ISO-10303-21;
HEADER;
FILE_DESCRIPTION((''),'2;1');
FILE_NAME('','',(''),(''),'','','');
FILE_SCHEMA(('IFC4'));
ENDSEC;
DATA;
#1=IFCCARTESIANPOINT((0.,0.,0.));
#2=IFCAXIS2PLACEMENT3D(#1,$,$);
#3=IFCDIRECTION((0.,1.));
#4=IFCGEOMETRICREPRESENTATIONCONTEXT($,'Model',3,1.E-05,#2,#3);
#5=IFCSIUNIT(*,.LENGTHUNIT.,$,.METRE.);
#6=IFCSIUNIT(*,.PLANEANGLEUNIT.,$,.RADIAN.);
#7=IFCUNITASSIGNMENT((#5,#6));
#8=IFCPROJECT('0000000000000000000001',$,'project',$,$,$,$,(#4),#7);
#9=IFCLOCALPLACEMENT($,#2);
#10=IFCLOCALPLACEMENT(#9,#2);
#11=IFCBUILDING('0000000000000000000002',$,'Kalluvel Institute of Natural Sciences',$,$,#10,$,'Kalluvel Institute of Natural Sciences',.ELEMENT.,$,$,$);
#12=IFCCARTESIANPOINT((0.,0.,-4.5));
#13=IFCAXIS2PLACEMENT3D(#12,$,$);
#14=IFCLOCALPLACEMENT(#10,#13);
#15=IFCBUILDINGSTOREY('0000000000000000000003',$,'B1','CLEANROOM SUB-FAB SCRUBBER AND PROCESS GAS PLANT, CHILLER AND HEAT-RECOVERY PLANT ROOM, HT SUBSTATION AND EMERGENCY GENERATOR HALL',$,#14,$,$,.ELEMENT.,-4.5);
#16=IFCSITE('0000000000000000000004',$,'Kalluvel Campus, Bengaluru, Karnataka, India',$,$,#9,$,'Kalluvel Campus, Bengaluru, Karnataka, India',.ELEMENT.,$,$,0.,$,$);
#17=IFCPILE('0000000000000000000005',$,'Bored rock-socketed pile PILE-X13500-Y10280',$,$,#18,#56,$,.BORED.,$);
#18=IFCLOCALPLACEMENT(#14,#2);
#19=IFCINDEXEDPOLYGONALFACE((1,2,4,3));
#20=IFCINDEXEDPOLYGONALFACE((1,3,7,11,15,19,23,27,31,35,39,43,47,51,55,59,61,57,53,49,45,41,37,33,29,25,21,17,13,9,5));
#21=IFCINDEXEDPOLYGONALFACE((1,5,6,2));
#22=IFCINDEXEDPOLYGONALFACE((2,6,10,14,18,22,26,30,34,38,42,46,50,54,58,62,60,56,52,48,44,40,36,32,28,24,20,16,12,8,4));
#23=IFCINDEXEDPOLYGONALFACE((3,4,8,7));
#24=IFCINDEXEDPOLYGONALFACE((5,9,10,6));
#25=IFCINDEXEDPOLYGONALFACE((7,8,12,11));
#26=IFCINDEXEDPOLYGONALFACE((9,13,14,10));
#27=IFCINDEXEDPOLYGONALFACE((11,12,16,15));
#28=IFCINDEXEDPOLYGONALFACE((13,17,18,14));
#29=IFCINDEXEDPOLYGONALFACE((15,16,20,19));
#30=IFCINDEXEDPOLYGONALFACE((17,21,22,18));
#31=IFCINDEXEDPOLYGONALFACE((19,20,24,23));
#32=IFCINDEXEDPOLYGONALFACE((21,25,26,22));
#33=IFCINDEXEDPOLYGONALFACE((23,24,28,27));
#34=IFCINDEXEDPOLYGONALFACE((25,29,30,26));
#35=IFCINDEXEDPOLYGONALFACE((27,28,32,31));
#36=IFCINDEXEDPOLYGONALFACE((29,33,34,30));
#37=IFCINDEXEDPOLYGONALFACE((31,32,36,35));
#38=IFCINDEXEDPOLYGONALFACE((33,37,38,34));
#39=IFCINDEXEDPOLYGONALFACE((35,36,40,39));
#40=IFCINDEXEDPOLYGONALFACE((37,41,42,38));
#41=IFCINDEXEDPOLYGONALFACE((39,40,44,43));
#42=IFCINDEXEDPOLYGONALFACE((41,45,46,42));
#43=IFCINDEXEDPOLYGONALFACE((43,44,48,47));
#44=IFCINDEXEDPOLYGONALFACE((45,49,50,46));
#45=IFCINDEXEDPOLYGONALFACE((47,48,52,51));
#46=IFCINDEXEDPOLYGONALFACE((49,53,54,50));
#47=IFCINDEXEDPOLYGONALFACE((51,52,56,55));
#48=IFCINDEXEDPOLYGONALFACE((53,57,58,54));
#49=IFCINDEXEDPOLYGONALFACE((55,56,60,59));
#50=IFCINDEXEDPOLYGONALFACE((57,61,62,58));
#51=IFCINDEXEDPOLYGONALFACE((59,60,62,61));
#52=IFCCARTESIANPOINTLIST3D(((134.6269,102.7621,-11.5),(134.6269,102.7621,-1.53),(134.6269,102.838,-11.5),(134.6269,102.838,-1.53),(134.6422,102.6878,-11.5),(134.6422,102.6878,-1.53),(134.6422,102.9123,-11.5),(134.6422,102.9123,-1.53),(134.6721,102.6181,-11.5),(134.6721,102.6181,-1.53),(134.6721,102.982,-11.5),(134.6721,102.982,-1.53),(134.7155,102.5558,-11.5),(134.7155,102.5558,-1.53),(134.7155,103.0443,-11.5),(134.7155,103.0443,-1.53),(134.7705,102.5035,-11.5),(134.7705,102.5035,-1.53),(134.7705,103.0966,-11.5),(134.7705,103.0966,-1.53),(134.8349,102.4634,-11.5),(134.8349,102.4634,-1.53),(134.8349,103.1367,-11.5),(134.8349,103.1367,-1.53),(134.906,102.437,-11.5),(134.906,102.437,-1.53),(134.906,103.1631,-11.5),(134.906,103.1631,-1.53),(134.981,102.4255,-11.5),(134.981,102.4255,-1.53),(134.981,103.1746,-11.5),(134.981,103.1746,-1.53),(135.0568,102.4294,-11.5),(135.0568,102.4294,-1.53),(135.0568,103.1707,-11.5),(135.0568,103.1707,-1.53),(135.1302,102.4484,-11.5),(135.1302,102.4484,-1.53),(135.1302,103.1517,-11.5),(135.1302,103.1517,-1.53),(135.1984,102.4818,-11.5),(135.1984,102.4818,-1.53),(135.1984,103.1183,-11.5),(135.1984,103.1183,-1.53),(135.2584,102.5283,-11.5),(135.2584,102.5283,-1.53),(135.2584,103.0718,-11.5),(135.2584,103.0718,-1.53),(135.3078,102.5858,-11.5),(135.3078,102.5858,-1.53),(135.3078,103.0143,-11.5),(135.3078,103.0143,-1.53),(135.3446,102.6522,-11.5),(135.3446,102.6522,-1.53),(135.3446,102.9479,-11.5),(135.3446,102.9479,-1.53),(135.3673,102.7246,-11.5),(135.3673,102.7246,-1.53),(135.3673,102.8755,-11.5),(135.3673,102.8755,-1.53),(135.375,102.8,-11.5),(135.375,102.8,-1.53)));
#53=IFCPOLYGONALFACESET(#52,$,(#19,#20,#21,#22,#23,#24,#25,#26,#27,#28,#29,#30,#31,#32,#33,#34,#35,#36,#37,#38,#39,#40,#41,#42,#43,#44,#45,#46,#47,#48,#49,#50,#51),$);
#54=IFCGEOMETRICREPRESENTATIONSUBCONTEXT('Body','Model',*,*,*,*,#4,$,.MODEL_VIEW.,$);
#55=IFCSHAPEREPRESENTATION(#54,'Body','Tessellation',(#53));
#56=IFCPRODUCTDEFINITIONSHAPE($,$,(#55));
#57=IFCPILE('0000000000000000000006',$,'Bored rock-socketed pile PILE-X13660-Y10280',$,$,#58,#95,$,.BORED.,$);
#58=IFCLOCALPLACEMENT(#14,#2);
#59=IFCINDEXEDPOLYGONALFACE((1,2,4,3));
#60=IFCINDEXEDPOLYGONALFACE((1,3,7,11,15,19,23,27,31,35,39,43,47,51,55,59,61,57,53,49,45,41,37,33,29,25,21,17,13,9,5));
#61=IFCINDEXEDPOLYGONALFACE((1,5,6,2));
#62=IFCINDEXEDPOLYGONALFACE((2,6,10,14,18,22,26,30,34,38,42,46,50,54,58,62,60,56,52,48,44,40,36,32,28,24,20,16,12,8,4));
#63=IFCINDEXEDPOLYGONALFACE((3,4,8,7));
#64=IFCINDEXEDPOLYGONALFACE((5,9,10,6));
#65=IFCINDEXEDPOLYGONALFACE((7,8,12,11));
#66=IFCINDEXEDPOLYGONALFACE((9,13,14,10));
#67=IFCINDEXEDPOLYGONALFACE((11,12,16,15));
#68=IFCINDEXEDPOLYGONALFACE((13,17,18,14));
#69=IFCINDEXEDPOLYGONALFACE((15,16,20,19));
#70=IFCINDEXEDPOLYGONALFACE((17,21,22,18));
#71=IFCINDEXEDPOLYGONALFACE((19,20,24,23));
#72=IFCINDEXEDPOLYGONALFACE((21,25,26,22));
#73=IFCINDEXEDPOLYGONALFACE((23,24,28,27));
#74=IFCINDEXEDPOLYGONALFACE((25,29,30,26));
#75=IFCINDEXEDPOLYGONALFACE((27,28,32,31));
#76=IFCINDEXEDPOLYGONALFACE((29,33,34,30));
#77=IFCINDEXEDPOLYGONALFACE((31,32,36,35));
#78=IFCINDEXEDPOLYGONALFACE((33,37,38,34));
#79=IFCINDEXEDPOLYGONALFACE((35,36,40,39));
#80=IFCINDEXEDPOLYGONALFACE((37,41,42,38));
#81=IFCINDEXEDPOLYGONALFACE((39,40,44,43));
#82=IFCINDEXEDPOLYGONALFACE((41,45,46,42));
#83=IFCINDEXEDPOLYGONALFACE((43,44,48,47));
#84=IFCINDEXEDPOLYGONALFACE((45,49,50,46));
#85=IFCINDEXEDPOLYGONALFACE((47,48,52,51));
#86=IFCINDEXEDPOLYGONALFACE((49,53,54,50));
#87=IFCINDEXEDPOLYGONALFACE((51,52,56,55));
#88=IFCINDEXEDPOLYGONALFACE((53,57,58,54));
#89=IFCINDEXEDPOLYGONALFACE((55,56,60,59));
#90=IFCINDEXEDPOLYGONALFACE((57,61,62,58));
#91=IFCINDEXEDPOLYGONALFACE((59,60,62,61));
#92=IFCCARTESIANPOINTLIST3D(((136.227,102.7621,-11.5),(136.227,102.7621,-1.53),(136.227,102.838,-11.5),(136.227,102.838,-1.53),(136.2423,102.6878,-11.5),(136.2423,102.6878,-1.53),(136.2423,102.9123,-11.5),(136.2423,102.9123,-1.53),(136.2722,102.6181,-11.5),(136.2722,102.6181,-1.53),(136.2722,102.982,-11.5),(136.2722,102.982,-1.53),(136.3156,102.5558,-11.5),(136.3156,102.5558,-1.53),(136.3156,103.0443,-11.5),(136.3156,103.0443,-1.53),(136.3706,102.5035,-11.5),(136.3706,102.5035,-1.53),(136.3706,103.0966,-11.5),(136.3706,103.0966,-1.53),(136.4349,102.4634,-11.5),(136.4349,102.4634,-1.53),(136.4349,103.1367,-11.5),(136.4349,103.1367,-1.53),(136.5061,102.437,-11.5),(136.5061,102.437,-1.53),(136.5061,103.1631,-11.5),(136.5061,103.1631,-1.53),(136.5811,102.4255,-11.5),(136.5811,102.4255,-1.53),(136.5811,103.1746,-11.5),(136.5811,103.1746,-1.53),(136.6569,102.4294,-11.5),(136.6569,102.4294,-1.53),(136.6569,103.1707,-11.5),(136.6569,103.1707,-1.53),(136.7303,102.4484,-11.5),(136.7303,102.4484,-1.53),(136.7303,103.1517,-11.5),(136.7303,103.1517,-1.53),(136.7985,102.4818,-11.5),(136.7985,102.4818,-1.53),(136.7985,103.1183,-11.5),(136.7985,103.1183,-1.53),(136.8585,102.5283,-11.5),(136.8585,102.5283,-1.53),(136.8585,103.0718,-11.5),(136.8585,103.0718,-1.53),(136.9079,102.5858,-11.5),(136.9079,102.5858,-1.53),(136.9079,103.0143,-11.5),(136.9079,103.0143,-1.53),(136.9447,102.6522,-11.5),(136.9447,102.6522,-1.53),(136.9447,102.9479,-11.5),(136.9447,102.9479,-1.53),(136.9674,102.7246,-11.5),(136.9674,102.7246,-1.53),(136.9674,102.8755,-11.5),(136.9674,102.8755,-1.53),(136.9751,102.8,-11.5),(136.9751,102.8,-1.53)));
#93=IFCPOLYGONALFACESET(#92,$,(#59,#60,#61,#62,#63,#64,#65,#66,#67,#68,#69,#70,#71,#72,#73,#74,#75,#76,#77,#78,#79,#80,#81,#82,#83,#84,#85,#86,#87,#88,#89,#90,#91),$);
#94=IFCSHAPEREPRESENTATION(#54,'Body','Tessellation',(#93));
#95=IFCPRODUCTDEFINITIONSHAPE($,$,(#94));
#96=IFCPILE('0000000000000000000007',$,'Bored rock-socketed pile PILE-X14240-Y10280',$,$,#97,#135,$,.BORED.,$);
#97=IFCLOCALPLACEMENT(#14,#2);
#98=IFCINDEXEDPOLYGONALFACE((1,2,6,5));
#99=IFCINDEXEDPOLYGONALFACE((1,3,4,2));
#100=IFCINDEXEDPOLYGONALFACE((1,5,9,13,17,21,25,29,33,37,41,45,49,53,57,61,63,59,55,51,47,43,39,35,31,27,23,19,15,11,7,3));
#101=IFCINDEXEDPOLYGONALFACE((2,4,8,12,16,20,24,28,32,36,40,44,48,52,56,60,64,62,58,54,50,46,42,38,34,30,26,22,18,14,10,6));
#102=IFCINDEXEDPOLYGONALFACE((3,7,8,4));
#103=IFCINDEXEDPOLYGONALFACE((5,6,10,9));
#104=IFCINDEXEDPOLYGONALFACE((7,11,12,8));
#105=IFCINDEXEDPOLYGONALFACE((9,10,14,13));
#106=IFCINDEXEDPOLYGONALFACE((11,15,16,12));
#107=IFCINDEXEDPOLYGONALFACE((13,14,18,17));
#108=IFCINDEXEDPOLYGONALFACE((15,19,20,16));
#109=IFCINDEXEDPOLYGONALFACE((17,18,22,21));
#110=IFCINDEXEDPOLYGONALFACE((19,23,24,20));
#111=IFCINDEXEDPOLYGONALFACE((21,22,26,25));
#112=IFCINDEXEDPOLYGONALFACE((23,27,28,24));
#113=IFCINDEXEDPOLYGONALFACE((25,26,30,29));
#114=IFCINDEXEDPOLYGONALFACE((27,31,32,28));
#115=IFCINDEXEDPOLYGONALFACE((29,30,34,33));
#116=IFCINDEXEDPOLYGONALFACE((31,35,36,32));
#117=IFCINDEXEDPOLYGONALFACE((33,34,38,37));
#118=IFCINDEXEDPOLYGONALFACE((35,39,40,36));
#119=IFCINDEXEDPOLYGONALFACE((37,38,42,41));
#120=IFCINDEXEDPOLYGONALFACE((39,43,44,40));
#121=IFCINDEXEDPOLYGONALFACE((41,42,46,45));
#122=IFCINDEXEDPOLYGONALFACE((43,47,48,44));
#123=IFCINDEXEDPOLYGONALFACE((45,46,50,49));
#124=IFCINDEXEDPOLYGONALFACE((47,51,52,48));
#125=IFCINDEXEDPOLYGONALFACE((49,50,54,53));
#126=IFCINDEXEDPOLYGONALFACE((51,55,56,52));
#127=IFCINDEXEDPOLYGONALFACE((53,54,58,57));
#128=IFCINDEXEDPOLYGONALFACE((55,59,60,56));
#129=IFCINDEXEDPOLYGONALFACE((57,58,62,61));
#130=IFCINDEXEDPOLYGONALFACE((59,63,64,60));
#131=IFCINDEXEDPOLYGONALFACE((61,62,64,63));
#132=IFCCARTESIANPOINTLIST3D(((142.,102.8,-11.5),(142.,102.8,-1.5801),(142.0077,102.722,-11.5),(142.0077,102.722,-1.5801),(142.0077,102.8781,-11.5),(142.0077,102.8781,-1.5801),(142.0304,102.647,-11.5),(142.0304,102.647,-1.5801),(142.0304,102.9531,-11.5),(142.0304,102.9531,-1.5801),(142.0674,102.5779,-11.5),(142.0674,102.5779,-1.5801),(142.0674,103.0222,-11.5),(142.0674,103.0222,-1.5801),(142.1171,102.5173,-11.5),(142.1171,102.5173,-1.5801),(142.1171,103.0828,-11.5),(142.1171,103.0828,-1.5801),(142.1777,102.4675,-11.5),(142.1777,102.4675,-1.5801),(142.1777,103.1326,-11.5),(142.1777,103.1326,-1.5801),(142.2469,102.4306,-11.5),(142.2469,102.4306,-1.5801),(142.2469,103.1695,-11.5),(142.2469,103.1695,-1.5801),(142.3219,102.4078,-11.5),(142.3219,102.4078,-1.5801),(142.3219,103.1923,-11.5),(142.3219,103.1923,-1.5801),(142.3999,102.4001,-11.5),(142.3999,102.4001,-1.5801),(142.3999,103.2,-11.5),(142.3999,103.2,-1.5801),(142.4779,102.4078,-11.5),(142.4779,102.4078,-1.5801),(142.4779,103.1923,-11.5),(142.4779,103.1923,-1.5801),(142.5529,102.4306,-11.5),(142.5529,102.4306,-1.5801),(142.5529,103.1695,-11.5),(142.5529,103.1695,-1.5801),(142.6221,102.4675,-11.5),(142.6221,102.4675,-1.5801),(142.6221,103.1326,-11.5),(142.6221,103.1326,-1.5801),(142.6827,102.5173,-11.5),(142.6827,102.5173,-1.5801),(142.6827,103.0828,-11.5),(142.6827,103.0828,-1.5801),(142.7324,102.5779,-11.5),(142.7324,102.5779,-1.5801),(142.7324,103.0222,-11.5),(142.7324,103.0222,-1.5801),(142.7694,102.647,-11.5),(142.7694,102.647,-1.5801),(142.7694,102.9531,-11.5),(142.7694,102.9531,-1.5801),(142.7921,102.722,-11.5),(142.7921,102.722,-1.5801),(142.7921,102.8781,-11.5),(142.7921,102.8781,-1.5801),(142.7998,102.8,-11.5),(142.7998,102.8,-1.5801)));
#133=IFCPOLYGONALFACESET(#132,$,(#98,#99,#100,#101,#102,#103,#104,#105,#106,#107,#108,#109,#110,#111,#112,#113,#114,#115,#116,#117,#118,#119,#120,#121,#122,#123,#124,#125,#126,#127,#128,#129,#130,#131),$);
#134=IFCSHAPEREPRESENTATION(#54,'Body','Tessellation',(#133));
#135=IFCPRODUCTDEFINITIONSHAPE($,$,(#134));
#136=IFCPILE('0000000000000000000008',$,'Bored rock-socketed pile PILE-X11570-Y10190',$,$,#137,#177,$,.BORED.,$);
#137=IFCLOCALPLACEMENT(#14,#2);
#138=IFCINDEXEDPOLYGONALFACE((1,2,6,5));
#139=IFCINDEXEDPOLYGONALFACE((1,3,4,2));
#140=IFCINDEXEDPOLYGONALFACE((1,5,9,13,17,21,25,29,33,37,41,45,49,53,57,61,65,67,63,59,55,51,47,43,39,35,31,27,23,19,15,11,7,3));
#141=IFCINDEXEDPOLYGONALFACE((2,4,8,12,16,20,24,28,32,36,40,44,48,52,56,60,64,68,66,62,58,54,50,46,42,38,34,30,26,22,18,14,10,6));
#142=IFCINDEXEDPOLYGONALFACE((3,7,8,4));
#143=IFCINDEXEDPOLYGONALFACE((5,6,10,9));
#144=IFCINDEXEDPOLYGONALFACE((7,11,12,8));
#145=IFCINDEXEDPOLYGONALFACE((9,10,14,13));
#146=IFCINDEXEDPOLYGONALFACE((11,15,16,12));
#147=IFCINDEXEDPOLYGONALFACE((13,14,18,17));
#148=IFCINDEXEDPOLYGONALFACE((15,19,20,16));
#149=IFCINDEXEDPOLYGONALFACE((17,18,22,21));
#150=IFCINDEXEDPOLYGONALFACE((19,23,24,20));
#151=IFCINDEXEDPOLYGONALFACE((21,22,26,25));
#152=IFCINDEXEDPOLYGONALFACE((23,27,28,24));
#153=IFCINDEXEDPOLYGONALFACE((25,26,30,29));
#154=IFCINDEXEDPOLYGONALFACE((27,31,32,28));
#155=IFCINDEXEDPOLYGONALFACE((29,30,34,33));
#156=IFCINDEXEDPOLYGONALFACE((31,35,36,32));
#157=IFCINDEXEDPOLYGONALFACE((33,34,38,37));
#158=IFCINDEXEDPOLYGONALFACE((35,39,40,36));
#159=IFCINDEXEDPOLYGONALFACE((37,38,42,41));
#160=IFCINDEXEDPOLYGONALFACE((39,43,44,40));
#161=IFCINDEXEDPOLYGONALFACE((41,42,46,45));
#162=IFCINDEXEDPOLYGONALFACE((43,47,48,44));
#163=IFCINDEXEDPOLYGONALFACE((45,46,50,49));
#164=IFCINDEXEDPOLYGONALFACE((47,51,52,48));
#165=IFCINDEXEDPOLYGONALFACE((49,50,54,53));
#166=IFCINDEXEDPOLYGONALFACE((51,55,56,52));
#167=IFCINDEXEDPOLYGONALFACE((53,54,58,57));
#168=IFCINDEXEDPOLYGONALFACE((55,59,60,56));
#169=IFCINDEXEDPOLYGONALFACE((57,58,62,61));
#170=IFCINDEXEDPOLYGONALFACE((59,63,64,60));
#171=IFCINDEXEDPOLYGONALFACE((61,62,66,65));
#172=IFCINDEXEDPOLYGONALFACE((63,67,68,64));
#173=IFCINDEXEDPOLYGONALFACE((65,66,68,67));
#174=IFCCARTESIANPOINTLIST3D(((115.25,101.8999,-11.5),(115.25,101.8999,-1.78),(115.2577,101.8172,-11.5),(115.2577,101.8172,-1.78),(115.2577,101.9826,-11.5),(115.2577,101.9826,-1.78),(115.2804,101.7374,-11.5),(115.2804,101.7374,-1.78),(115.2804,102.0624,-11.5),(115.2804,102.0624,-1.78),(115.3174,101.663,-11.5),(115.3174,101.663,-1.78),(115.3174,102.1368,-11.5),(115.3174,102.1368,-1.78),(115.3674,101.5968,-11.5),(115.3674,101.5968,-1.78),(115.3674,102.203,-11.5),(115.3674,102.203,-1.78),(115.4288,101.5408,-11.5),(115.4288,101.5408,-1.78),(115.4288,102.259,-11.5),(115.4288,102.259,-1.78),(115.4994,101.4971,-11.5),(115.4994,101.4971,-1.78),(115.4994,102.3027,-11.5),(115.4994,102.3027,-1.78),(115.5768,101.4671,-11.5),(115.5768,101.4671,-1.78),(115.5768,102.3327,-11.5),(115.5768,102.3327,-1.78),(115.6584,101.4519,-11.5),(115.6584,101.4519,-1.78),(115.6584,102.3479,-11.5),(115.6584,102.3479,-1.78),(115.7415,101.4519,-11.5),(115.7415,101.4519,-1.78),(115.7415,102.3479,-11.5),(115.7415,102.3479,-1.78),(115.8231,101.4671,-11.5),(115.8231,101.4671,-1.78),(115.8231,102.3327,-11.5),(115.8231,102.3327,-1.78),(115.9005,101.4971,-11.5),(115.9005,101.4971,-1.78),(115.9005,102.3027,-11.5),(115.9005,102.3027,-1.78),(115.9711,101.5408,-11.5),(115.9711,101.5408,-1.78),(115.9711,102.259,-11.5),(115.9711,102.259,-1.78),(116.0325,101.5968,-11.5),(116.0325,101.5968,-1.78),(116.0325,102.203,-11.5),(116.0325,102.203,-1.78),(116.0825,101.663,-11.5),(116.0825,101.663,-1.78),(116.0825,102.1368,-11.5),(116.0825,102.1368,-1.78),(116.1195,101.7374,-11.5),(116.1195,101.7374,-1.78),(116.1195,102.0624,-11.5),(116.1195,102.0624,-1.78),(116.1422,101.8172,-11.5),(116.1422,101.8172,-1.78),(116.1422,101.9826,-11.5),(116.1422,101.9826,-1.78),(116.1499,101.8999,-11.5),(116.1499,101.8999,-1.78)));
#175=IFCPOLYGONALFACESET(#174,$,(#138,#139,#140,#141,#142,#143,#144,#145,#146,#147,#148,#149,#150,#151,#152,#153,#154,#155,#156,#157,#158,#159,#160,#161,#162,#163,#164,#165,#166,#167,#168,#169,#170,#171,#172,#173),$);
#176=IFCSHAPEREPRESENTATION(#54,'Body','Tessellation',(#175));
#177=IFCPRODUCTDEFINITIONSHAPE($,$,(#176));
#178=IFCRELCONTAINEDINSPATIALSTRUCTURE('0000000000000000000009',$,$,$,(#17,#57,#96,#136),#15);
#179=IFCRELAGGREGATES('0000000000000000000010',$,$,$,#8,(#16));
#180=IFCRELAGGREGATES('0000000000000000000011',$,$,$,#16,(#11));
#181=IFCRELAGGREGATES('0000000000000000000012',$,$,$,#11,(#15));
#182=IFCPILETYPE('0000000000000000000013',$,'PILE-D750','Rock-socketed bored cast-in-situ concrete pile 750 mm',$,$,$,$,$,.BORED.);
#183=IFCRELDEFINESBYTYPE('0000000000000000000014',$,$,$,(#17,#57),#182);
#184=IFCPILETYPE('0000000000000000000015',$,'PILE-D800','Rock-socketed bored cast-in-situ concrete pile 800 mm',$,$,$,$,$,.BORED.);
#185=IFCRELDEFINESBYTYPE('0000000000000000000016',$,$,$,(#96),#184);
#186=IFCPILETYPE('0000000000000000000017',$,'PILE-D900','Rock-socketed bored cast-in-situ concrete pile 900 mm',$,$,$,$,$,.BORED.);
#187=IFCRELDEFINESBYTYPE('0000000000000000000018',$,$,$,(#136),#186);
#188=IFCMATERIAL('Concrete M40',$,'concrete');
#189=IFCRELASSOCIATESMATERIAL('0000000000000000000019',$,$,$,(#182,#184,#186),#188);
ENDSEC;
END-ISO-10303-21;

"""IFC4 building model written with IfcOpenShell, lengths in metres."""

from ifc_helpers import new_model, si_unit, direction, frame, origin, origin_2d, place, context, subcontext, project, spatial, circle, extrude, material, material_profile, profile_set, type_object, element, save


model = new_model("IFC4")

# Units and contexts
model_context = context("Model", 3, precision=1e-05, world=origin(), true_north=direction((0.0, 1.0)))
body_context = subcontext(model_context, "Body", "Model", "MODEL_VIEW")
ifc_project = project(units=[si_unit("LENGTHUNIT", "METRE"), si_unit("PLANEANGLEUNIT", "RADIAN")], contexts=[model_context])

# Site, building, storey
site_placement = place(None, origin())
site = spatial("IfcSite", under=ifc_project, at=site_placement, Name="Kalluvel Campus, Bengaluru, Karnataka, India", LongName="Kalluvel Campus, Bengaluru, Karnataka, India", CompositionType="ELEMENT", RefElevation=0.0)
building_placement = place(site_placement, origin())
building = spatial("IfcBuilding", under=site, at=building_placement, Name="Kalluvel Institute of Natural Sciences", LongName="Kalluvel Institute of Natural Sciences", CompositionType="ELEMENT")
storey_placement = place(building_placement, frame((0.0, 0.0, -4.5)))
storey = spatial("IfcBuildingStorey", under=building, at=storey_placement, Name="B1", Description="CLEANROOM SUB-FAB SCRUBBER AND PROCESS GAS PLANT, CHILLER AND HEAT-RECOVERY PLANT ROOM, HT SUBSTATION AND EMERGENCY GENERATOR HALL", CompositionType="ELEMENT", Elevation=-4.5)

# Shared definitions
ifc_material_1 = material(Name="Concrete M40", Category="concrete")

# Piles
ifc_material_profile_1 = material_profile(ifc_material_1, circle(Radius=0.375, at=origin_2d()), Name="PILE D750")
ifc_profile_set_1 = profile_set([ifc_material_profile_1], Name="Concrete M40")
pile_type_1 = type_object("IfcPileType", Name="PILE-D750", Description="Rock-socketed bored cast-in-situ concrete pile 750 mm", PredefinedType="BORED", material=ifc_profile_set_1)
for number, where, z_axis, x_axis, name in (
    (1, (135.0, 102.8, -1.53), (0.0, 0.0, -1.0), (1.0, 0.0, 0.0), "Bored rock-socketed pile PILE-X13500-Y10280"),
    (2, (136.6001, 102.8, -1.53), (0.0, 0.0, -1.0), (1.0, 0.0, 0.0), "Bored rock-socketed pile PILE-X13660-Y10280"),
):
    element("IfcPile", number, at=place(storey_placement, frame(where, z_axis=z_axis, x_axis=x_axis)), inside=storey, type_object=pile_type_1, Name=name, PredefinedType="BORED", context=body_context, shape_type="SweptSolid", body=[
        extrude(circle(Radius=0.375, at=origin_2d()), origin(), (0.0, 0.0, 1.0), 9.97),
    ])
ifc_material_profile_2 = material_profile(ifc_material_1, circle(Radius=0.3999, at=origin_2d()), Name="PILE D800")
ifc_profile_set_2 = profile_set([ifc_material_profile_2], Name="Concrete M40")
pile_type_2 = type_object("IfcPileType", Name="PILE-D800", Description="Rock-socketed bored cast-in-situ concrete pile 800 mm", PredefinedType="BORED", material=ifc_profile_set_2)
pile_1_placement = place(storey_placement, frame((142.3999, 102.8, -1.5801), z_axis=(0.0, 0.0, -1.0), x_axis=(1.0, 0.0, 0.0)))
element("IfcPile", 3, at=pile_1_placement, inside=storey, type_object=pile_type_2, Name="Bored rock-socketed pile PILE-X14240-Y10280", PredefinedType="BORED", context=body_context, shape_type="SweptSolid", body=[
    extrude(circle(Radius=0.3999, at=origin_2d()), origin(), (0.0, 0.0, 1.0), 9.9199),
])
ifc_material_profile_3 = material_profile(ifc_material_1, circle(Radius=0.45, at=origin_2d()), Name="PILE D900")
ifc_profile_set_3 = profile_set([ifc_material_profile_3], Name="Concrete M40")
pile_type_3 = type_object("IfcPileType", Name="PILE-D900", Description="Rock-socketed bored cast-in-situ concrete pile 900 mm", PredefinedType="BORED", material=ifc_profile_set_3)
pile_2_placement = place(storey_placement, frame((115.7, 101.8999, -1.78), z_axis=(0.0, 0.0, -1.0), x_axis=(1.0, 0.0, 0.0)))
element("IfcPile", 4, at=pile_2_placement, inside=storey, type_object=pile_type_3, Name="Bored rock-socketed pile PILE-X11570-Y10190", PredefinedType="BORED", context=body_context, shape_type="SweptSolid", body=[
    extrude(circle(Radius=0.45, at=origin_2d()), origin(), (0.0, 0.0, 1.0), 9.72),
])

save(model, "model.ifc")
